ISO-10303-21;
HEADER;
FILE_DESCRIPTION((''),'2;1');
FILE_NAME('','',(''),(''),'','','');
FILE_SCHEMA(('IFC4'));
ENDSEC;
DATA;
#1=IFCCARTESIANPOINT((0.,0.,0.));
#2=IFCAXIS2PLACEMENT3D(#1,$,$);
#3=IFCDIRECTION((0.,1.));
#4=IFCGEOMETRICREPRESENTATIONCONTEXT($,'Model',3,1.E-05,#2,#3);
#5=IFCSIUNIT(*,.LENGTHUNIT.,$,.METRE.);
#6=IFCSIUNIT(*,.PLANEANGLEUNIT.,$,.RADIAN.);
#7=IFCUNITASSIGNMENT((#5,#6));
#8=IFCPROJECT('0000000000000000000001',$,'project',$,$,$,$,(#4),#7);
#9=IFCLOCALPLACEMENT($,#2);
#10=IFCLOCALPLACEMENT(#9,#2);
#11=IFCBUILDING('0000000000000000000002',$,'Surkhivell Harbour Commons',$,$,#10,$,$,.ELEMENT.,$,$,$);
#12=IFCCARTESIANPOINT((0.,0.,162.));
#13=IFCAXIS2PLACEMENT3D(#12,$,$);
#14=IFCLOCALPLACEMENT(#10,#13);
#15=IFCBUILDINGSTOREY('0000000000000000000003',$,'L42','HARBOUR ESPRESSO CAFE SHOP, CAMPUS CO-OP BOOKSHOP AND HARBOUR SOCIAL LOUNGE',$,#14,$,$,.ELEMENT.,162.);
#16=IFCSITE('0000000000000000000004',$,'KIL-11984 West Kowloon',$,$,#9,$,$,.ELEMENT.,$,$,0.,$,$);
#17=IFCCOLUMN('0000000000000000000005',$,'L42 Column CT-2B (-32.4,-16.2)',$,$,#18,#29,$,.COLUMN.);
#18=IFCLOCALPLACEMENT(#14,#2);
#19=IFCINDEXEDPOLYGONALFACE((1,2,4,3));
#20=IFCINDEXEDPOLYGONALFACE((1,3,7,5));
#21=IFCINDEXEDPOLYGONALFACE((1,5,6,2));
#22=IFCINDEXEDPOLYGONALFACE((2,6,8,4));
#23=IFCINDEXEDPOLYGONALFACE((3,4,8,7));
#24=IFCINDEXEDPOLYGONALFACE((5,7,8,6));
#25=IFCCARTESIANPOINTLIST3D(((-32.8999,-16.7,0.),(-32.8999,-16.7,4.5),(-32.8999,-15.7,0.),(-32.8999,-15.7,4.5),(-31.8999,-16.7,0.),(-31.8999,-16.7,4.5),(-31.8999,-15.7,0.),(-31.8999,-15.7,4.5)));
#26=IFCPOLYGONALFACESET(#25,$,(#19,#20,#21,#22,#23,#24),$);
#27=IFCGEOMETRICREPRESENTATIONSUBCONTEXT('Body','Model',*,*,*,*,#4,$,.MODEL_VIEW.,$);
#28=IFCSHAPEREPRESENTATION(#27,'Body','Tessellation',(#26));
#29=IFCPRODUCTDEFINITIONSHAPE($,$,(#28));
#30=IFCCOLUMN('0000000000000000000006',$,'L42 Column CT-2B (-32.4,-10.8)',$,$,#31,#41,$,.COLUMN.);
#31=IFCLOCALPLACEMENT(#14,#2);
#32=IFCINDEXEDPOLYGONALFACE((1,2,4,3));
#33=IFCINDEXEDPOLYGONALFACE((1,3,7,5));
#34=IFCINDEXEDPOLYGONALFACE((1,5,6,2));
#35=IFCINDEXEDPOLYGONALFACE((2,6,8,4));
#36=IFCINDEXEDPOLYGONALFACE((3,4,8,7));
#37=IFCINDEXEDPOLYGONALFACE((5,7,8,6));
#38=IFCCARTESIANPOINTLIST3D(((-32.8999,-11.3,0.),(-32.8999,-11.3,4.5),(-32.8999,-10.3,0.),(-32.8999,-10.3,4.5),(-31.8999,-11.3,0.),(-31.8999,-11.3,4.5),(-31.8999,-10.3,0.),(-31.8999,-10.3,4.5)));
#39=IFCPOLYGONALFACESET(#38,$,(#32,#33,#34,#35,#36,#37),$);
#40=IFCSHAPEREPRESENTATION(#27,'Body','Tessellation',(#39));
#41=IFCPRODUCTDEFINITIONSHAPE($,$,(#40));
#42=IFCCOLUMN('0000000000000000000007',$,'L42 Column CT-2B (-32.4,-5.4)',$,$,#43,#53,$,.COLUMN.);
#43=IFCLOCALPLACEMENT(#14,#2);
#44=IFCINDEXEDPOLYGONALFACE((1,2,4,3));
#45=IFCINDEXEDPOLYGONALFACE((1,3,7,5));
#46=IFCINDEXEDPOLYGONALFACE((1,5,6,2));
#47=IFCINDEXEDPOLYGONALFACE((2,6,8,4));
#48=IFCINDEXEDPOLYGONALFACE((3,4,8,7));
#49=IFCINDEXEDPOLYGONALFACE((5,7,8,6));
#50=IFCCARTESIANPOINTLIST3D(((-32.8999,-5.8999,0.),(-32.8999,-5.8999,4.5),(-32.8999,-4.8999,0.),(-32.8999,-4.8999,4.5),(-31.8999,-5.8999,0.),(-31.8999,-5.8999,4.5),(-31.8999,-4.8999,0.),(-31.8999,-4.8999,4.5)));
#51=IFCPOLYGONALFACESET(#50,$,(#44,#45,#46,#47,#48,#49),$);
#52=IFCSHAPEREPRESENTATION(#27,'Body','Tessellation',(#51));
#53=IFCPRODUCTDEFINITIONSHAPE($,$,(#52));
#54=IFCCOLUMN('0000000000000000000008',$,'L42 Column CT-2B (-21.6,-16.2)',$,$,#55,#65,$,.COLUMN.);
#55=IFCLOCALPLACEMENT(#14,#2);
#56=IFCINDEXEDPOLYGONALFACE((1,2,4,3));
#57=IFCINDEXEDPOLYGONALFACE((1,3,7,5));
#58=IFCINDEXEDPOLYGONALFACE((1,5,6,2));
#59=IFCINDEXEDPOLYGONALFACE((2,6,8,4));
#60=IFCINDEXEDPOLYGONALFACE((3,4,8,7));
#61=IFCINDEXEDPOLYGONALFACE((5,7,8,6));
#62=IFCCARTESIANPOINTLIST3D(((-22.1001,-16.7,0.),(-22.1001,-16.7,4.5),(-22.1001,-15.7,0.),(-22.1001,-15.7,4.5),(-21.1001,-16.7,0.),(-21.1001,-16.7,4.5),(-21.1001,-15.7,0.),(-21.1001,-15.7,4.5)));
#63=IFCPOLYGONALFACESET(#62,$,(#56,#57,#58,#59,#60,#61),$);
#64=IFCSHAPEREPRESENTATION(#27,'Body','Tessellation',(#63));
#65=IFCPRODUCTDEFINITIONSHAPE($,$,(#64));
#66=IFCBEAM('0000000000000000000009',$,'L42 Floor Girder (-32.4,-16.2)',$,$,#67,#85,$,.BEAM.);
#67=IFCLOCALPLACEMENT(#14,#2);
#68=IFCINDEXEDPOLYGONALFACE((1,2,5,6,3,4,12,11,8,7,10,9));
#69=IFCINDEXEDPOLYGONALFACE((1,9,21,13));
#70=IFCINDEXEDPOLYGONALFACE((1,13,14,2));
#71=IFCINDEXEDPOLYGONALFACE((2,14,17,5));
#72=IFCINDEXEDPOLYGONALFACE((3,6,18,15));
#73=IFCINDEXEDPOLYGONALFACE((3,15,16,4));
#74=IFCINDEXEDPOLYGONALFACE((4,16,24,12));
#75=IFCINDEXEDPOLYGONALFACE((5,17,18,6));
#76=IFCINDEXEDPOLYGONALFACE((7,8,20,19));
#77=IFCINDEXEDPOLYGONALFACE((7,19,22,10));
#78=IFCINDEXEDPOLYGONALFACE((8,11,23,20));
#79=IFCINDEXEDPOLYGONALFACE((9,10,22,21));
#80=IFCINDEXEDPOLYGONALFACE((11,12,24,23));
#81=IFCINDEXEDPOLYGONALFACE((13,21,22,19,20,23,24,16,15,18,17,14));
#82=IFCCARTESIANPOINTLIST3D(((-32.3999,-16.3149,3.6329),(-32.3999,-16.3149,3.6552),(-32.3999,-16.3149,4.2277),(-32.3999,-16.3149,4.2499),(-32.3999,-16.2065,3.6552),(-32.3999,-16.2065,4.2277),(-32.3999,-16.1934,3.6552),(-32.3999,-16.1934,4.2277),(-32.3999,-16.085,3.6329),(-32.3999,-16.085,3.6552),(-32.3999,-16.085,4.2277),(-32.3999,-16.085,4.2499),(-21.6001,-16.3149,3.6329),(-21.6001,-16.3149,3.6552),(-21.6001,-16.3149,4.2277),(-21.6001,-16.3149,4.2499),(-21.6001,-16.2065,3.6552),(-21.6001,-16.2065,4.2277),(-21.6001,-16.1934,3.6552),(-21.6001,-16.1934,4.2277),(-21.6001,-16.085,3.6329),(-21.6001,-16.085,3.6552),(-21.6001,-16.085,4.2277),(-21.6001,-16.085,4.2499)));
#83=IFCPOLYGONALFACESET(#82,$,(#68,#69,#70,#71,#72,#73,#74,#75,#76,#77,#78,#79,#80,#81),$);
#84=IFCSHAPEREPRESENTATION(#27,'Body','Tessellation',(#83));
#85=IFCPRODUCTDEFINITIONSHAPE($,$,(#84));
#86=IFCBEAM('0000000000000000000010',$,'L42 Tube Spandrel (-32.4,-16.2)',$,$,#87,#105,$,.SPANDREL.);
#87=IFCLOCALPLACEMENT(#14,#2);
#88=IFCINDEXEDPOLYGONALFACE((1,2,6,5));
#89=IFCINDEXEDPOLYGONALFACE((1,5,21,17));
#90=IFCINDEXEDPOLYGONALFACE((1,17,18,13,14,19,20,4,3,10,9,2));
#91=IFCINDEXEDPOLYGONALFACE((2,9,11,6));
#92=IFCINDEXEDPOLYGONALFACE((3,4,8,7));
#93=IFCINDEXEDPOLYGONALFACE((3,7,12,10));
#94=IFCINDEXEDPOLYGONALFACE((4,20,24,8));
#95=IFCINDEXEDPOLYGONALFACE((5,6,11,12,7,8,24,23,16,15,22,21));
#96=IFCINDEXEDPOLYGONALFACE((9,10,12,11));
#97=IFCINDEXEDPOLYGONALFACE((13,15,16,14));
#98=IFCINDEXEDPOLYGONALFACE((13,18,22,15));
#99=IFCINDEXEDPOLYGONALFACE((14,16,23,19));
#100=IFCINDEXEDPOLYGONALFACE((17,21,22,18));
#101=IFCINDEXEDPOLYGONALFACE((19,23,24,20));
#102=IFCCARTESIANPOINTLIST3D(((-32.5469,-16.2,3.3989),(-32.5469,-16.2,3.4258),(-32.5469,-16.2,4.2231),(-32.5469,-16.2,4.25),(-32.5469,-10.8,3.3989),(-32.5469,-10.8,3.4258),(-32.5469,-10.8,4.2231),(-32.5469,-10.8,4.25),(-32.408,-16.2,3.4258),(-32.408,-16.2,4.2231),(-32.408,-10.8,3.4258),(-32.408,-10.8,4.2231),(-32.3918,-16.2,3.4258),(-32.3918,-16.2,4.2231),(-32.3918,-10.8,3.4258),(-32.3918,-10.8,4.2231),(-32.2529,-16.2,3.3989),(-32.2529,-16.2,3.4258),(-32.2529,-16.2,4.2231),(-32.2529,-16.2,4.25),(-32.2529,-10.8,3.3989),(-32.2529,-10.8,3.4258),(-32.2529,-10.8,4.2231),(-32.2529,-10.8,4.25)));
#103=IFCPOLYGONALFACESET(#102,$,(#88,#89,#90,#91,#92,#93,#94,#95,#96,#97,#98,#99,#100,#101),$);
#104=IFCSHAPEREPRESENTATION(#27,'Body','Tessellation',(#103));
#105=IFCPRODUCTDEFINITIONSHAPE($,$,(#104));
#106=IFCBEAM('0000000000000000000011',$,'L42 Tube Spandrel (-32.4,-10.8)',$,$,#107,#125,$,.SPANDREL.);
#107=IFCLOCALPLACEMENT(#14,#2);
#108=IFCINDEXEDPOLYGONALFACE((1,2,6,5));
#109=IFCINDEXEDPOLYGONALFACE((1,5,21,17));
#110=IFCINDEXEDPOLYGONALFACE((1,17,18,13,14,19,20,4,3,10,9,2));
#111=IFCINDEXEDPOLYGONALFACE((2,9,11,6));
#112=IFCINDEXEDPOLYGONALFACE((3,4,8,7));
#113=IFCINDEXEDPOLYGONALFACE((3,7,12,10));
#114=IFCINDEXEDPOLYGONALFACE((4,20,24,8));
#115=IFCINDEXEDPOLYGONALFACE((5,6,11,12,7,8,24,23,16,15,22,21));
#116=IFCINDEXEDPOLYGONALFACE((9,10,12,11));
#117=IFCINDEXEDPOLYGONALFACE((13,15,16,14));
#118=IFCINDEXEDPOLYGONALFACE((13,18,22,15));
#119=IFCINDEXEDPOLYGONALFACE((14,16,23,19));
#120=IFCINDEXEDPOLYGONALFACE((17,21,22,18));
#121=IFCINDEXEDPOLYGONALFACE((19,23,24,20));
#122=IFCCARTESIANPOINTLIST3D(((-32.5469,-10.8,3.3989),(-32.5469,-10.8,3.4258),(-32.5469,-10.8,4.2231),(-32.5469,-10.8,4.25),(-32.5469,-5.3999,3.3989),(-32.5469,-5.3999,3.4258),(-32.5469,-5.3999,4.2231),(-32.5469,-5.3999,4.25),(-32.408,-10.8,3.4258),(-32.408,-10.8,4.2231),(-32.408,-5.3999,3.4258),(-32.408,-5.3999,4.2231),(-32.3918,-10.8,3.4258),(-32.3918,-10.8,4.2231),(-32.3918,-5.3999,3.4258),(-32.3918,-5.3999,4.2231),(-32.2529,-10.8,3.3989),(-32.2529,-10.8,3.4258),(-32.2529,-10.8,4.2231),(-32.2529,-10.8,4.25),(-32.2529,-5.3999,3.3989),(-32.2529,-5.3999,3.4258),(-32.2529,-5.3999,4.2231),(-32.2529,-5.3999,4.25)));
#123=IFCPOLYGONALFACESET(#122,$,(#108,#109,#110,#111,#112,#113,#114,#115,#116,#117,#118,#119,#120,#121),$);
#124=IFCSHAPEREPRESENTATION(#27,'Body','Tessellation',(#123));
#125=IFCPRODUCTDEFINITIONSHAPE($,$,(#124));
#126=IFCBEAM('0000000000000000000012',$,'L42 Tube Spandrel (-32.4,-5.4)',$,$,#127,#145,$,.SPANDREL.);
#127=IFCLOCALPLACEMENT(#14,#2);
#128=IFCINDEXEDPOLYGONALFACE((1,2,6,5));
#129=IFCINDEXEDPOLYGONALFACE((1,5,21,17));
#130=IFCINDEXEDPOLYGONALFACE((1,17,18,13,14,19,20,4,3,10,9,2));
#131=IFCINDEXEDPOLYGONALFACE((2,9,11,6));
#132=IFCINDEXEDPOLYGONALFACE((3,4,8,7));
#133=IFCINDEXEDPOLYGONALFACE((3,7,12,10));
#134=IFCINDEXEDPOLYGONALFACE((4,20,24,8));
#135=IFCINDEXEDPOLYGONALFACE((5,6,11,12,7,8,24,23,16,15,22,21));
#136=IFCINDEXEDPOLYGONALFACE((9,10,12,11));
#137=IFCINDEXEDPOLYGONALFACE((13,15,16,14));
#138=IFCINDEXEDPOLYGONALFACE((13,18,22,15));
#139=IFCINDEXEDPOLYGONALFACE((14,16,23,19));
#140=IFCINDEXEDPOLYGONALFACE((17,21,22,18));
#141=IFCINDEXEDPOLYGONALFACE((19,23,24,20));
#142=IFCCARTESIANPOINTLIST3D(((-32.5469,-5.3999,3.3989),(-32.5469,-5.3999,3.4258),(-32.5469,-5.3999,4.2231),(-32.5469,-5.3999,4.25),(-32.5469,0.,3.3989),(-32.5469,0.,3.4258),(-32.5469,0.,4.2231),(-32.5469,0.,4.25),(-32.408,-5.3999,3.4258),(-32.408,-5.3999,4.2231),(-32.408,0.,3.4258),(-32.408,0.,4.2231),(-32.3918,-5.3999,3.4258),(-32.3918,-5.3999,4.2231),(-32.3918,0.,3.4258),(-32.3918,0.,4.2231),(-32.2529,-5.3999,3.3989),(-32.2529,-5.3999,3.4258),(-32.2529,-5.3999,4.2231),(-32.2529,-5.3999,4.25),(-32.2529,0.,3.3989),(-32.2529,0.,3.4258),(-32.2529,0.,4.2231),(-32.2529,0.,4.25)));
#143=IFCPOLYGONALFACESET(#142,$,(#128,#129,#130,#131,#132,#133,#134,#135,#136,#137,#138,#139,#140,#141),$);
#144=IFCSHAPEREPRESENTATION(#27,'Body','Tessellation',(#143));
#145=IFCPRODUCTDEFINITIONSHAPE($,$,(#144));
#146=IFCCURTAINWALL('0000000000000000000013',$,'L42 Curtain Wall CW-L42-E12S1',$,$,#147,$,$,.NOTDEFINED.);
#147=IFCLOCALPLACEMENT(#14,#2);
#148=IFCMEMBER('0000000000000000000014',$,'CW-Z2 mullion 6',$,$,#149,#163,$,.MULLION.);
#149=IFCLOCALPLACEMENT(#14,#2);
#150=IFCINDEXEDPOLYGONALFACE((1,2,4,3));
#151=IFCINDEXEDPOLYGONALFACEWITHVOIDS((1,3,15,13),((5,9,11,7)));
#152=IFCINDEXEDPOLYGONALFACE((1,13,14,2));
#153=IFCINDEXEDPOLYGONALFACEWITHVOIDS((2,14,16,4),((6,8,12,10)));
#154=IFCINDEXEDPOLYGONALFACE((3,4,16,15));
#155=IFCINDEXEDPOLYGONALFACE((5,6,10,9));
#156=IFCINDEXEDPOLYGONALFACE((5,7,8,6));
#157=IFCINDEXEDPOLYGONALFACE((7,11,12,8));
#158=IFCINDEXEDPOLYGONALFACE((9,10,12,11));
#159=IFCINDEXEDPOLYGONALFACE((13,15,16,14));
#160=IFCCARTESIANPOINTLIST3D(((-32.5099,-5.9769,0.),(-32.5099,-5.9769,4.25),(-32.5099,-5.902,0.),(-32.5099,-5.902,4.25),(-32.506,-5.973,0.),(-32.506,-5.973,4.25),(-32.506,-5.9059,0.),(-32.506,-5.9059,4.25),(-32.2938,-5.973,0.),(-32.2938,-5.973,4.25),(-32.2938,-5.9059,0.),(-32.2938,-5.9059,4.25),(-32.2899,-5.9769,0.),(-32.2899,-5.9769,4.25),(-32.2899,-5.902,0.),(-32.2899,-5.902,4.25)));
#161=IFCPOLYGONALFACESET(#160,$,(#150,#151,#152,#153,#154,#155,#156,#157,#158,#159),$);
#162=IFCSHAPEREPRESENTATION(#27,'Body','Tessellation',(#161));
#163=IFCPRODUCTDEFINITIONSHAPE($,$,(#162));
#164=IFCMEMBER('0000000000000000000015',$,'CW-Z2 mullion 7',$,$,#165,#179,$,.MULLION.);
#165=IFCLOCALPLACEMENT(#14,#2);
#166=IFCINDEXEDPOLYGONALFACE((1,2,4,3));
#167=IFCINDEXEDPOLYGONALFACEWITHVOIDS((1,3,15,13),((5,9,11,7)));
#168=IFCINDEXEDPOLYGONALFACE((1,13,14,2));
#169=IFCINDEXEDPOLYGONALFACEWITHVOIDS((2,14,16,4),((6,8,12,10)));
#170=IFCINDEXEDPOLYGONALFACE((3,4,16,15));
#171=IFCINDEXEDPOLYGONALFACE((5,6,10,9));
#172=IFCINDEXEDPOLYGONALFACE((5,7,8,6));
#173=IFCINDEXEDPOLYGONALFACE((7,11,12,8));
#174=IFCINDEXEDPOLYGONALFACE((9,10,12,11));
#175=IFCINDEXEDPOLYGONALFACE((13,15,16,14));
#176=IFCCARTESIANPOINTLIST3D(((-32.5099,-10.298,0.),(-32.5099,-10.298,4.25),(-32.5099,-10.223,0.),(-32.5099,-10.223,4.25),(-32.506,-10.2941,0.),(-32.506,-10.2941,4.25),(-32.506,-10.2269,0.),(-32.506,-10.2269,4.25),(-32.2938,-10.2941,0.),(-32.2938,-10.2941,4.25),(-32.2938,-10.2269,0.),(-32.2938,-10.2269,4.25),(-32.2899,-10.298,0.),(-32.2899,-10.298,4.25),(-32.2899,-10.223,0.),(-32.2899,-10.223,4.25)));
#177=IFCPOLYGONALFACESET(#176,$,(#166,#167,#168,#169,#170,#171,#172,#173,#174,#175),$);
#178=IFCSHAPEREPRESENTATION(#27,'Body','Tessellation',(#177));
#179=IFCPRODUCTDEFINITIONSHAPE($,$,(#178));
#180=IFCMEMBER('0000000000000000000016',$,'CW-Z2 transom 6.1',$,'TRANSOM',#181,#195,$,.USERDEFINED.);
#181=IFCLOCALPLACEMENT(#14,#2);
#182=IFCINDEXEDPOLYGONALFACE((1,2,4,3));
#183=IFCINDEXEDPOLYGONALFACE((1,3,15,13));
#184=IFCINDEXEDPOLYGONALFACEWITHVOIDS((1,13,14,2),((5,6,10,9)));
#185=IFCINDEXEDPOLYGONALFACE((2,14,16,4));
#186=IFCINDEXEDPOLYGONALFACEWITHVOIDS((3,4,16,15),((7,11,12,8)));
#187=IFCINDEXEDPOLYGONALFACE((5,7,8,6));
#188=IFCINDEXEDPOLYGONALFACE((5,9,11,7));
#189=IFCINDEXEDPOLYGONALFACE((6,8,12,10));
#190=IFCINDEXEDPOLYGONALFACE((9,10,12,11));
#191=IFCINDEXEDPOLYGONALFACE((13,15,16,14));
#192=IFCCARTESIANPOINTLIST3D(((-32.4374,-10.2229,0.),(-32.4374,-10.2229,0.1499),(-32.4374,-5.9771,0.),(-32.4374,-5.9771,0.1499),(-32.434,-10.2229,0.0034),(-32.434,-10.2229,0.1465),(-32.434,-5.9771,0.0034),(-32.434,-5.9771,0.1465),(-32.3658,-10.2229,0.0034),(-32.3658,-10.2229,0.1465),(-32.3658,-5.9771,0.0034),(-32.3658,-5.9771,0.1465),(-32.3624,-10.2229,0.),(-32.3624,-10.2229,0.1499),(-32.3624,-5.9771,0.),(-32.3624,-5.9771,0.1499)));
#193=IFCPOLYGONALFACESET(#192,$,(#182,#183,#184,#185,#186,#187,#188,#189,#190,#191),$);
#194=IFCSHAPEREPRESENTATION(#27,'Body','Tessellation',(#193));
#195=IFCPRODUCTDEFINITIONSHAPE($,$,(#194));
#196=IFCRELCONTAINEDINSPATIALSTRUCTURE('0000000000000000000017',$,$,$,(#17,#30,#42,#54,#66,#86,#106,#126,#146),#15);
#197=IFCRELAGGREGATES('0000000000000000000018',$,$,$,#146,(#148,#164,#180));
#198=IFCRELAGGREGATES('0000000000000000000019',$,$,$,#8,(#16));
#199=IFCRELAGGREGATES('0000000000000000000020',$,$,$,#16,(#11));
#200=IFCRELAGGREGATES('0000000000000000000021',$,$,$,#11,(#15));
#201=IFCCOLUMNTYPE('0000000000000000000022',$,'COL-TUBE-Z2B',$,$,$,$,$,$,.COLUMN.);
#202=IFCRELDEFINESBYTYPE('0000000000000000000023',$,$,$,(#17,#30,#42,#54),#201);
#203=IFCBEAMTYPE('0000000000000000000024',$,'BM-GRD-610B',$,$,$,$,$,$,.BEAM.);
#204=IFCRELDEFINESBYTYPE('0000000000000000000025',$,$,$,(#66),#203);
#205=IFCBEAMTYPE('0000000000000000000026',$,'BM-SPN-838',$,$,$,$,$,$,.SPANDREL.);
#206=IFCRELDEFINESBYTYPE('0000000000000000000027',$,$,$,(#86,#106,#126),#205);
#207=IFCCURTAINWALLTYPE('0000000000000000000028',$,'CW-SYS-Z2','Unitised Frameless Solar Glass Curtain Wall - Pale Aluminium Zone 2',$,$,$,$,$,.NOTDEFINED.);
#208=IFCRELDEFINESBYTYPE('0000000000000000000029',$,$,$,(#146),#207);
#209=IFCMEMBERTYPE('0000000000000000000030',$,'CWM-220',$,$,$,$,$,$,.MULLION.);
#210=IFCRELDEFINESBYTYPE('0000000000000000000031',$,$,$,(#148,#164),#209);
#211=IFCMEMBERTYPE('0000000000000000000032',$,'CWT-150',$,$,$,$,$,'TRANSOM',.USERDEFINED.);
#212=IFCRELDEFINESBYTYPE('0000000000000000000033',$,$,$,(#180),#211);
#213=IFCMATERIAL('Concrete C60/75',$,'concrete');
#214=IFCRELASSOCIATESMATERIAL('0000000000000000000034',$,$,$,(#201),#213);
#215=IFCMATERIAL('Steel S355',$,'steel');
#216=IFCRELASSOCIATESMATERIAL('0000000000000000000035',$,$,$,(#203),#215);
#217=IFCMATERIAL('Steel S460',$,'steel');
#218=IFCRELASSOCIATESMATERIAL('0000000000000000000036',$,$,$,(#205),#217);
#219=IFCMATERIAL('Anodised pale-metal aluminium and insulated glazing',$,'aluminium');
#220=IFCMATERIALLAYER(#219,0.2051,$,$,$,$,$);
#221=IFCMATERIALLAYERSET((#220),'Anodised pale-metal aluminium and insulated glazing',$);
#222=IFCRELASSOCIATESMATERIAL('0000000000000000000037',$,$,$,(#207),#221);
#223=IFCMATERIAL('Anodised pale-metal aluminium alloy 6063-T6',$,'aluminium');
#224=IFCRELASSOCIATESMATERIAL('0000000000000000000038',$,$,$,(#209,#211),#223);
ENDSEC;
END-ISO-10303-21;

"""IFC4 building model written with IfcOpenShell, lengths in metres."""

from ifc_helpers import new_model, si_unit, direction, frame, origin, origin_2d, place, context, subcontext, project, spatial, rectangle, hollow_rectangle, i_section, extrude, material, layer, layer_set, material_profile, profile_set, type_object, element, aggregate, save


model = new_model("IFC4")

# Units and contexts
model_context = context("Model", 3, precision=1e-05, world=origin(), true_north=direction((0.0, 1.0)))
body_context = subcontext(model_context, "Body", "Model", "MODEL_VIEW")
ifc_project = project(units=[si_unit("LENGTHUNIT", "METRE"), si_unit("PLANEANGLEUNIT", "RADIAN")], contexts=[model_context])

# Site, building, storey
site_placement = place(None, origin())
site = spatial("IfcSite", under=ifc_project, at=site_placement, Name="KIL-11984 West Kowloon", CompositionType="ELEMENT", RefElevation=0.0)
building_placement = place(site_placement, origin())
building = spatial("IfcBuilding", under=site, at=building_placement, Name="Surkhivell Harbour Commons", CompositionType="ELEMENT")
storey_placement = place(building_placement, frame((0.0, 0.0, 162.0)))
storey = spatial("IfcBuildingStorey", under=building, at=storey_placement, Name="L42", Description="HARBOUR ESPRESSO CAFE SHOP, CAMPUS CO-OP BOOKSHOP AND HARBOUR SOCIAL LOUNGE", CompositionType="ELEMENT", Elevation=162.0)

# Columns
ifc_material_1 = material(Name="Concrete C60/75", Category="concrete")
ifc_material_profile_1 = material_profile(ifc_material_1, rectangle(XDim=1.0, YDim=1.0, at=origin_2d()), Name="RC-COL-1000x1000")
ifc_profile_set_1 = profile_set([ifc_material_profile_1], Name="Concrete C60/75")
column_type = type_object("IfcColumnType", Name="COL-TUBE-Z2B", PredefinedType="COLUMN", material=ifc_profile_set_1)
for number, where, z_axis, x_axis, name in (
    (1, (-32.3999, -16.2, 0.0), (0.0, 0.0, 1.0), (1.0, 0.0, 0.0), "L42 Column CT-2B (-32.4,-16.2)"),
    (2, (-32.3999, -10.8, 0.0), (0.0, 0.0, 1.0), (1.0, 0.0, 0.0), "L42 Column CT-2B (-32.4,-10.8)"),
    (3, (-32.3999, -5.3999, 0.0), (0.0, 0.0, 1.0), (1.0, 0.0, 0.0), "L42 Column CT-2B (-32.4,-5.4)"),
    (4, (-21.6001, -16.2, 0.0), (0.0, 0.0, 1.0), (1.0, 0.0, 0.0), "L42 Column CT-2B (-21.6,-16.2)"),
):
    element("IfcColumn", number, at=place(storey_placement, frame(where, z_axis=z_axis, x_axis=x_axis)), inside=storey, type_object=column_type, Name=name, PredefinedType="COLUMN", context=body_context, shape_type="SweptSolid", body=[
        extrude(rectangle(XDim=1.0, YDim=1.0, at=origin_2d()), origin(), (0.0, 0.0, 1.0), 4.5),
    ])

# Beams
ifc_material_2 = material(Name="Steel S355", Category="steel")
ifc_material_profile_2 = material_profile(ifc_material_2, i_section(OverallWidth=0.23, OverallDepth=0.6169, WebThickness=0.0132, FlangeThickness=0.0222, at=origin_2d()), Name="UB610x229x140")
ifc_profile_set_2 = profile_set([ifc_material_profile_2], Name="Steel S355")
beam_type_1 = type_object("IfcBeamType", Name="BM-GRD-610B", PredefinedType="BEAM", material=ifc_profile_set_2)
beam_1_placement = place(storey_placement, frame((-32.3999, -16.2, 3.9414), z_axis=(1.0, 0.0, 0.0), x_axis=(0.0, 1.0, 0.0)))
element("IfcBeam", 5, at=beam_1_placement, inside=storey, type_object=beam_type_1, Name="L42 Floor Girder (-32.4,-16.2)", PredefinedType="BEAM", context=body_context, shape_type="SweptSolid", body=[
    extrude(i_section(OverallWidth=0.23, OverallDepth=0.6169, WebThickness=0.0132, FlangeThickness=0.0222, at=origin_2d()), origin(), (0.0, 0.0, 1.0), 10.7998),
])
ifc_material_3 = material(Name="Steel S460", Category="steel")
ifc_material_profile_3 = material_profile(ifc_material_3, i_section(OverallWidth=0.2939, OverallDepth=0.8511, WebThickness=0.0161, FlangeThickness=0.0269, at=origin_2d()), Name="UB838x292x226")
ifc_profile_set_3 = profile_set([ifc_material_profile_3], Name="Steel S460")
beam_type_2 = type_object("IfcBeamType", Name="BM-SPN-838", PredefinedType="SPANDREL", material=ifc_profile_set_3)
beam_2_placement = place(storey_placement, frame((-32.3999, -16.2, 3.8245), z_axis=(0.0, 1.0, 0.0), x_axis=(-1.0, 0.0, 0.0)))
element("IfcBeam", 6, at=beam_2_placement, inside=storey, type_object=beam_type_2, Name="L42 Tube Spandrel (-32.4,-16.2)", PredefinedType="SPANDREL", context=body_context, shape_type="SweptSolid", body=[
    extrude(i_section(OverallWidth=0.2939, OverallDepth=0.8511, WebThickness=0.0161, FlangeThickness=0.0269, at=origin_2d()), origin(), (0.0, 0.0, 1.0), 5.3999),
])
beam_3_placement = place(storey_placement, frame((-32.3999, -10.8, 3.8245), z_axis=(0.0, 1.0, 0.0), x_axis=(-1.0, 0.0, 0.0)))
element("IfcBeam", 7, at=beam_3_placement, inside=storey, type_object=beam_type_2, Name="L42 Tube Spandrel (-32.4,-10.8)", PredefinedType="SPANDREL", context=body_context, shape_type="SweptSolid", body=[
    extrude(i_section(OverallWidth=0.2939, OverallDepth=0.8511, WebThickness=0.0161, FlangeThickness=0.0269, at=origin_2d()), origin(), (0.0, 0.0, 1.0), 5.4001),
])
beam_4_placement = place(storey_placement, frame((-32.3999, -5.3999, 3.8245), z_axis=(0.0, 1.0, 0.0), x_axis=(-1.0, 0.0, 0.0)))
element("IfcBeam", 8, at=beam_4_placement, inside=storey, type_object=beam_type_2, Name="L42 Tube Spandrel (-32.4,-5.4)", PredefinedType="SPANDREL", context=body_context, shape_type="SweptSolid", body=[
    extrude(i_section(OverallWidth=0.2939, OverallDepth=0.8511, WebThickness=0.0161, FlangeThickness=0.0269, at=origin_2d()), origin(), (0.0, 0.0, 1.0), 5.3999),
])

# Curtain wall, members
ifc_material_4 = material(Name="Anodised pale-metal aluminium and insulated glazing", Category="aluminium")
ifc_layer_1 = layer(ifc_material_4, 0.2051)
ifc_layer_set_1 = layer_set([ifc_layer_1], Name="Anodised pale-metal aluminium and insulated glazing")
curtain_wall_type = type_object("IfcCurtainWallType", Name="CW-SYS-Z2", Description="Unitised Frameless Solar Glass Curtain Wall - Pale Aluminium Zone 2", PredefinedType="NOTDEFINED", material=ifc_layer_set_1)
curtain_wall_placement = place(storey_placement, origin())
curtain_wall = element("IfcCurtainWall", 9, at=curtain_wall_placement, inside=storey, type_object=curtain_wall_type, Name="L42 Curtain Wall CW-L42-E12S1", PredefinedType="NOTDEFINED")
ifc_material_5 = material(Name="Anodised pale-metal aluminium alloy 6063-T6", Category="aluminium")
ifc_material_profile_4 = material_profile(ifc_material_5, hollow_rectangle(XDim=0.075, YDim=0.22, WallThickness=0.0039, at=origin_2d()), Name="ALU-MULL-75x220")
ifc_profile_set_4 = profile_set([ifc_material_profile_4], Name="Anodised pale-metal aluminium alloy 6063-T6")
member_type_1 = type_object("IfcMemberType", Name="CWM-220", PredefinedType="MULLION", material=ifc_profile_set_4)
member_1_placement = place(storey_placement, frame((-32.3999, -5.9395, 0.0), z_axis=(0.0, 0.0, 1.0), x_axis=(0.0, -1.0, 0.0)))
member_1 = element("IfcMember", 10, at=member_1_placement, type_object=member_type_1, Name="CW-Z2 mullion 6", PredefinedType="MULLION", context=body_context, shape_type="SweptSolid", body=[
    extrude(hollow_rectangle(XDim=0.075, YDim=0.22, WallThickness=0.0039, at=origin_2d()), origin(), (0.0, 0.0, 1.0), 4.25),
])
member_2_placement = place(storey_placement, frame((-32.3999, -10.2605, 0.0), z_axis=(0.0, 0.0, 1.0), x_axis=(0.0, -1.0, 0.0)))
member_2 = element("IfcMember", 11, at=member_2_placement, type_object=member_type_1, Name="CW-Z2 mullion 7", PredefinedType="MULLION", context=body_context, shape_type="SweptSolid", body=[
    extrude(hollow_rectangle(XDim=0.075, YDim=0.22, WallThickness=0.0039, at=origin_2d()), origin(), (0.0, 0.0, 1.0), 4.25),
])
ifc_material_profile_5 = material_profile(ifc_material_5, hollow_rectangle(XDim=0.075, YDim=0.1499, WallThickness=0.0034, at=origin_2d()), Name="ALU-TRAN-75x150")
ifc_profile_set_5 = profile_set([ifc_material_profile_5], Name="Anodised pale-metal aluminium alloy 6063-T6")
member_type_2 = type_object("IfcMemberType", Name="CWT-150", ElementType="TRANSOM", PredefinedType="USERDEFINED", material=ifc_profile_set_5)
member_3_placement = place(storey_placement, frame((-32.3999, -5.9771, 0.075), z_axis=(0.0, -1.0, 0.0), x_axis=(1.0, 0.0, 0.0)))
member_3 = element("IfcMember", 12, at=member_3_placement, type_object=member_type_2, Name="CW-Z2 transom 6.1", ObjectType="TRANSOM", PredefinedType="USERDEFINED", context=body_context, shape_type="SweptSolid", body=[
    extrude(hollow_rectangle(XDim=0.075, YDim=0.1499, WallThickness=0.0034, at=origin_2d()), origin(), (0.0, 0.0, 1.0), 4.2458),
])

aggregate(curtain_wall, [member_1, member_2, member_3])

save(model, "model.ifc")
